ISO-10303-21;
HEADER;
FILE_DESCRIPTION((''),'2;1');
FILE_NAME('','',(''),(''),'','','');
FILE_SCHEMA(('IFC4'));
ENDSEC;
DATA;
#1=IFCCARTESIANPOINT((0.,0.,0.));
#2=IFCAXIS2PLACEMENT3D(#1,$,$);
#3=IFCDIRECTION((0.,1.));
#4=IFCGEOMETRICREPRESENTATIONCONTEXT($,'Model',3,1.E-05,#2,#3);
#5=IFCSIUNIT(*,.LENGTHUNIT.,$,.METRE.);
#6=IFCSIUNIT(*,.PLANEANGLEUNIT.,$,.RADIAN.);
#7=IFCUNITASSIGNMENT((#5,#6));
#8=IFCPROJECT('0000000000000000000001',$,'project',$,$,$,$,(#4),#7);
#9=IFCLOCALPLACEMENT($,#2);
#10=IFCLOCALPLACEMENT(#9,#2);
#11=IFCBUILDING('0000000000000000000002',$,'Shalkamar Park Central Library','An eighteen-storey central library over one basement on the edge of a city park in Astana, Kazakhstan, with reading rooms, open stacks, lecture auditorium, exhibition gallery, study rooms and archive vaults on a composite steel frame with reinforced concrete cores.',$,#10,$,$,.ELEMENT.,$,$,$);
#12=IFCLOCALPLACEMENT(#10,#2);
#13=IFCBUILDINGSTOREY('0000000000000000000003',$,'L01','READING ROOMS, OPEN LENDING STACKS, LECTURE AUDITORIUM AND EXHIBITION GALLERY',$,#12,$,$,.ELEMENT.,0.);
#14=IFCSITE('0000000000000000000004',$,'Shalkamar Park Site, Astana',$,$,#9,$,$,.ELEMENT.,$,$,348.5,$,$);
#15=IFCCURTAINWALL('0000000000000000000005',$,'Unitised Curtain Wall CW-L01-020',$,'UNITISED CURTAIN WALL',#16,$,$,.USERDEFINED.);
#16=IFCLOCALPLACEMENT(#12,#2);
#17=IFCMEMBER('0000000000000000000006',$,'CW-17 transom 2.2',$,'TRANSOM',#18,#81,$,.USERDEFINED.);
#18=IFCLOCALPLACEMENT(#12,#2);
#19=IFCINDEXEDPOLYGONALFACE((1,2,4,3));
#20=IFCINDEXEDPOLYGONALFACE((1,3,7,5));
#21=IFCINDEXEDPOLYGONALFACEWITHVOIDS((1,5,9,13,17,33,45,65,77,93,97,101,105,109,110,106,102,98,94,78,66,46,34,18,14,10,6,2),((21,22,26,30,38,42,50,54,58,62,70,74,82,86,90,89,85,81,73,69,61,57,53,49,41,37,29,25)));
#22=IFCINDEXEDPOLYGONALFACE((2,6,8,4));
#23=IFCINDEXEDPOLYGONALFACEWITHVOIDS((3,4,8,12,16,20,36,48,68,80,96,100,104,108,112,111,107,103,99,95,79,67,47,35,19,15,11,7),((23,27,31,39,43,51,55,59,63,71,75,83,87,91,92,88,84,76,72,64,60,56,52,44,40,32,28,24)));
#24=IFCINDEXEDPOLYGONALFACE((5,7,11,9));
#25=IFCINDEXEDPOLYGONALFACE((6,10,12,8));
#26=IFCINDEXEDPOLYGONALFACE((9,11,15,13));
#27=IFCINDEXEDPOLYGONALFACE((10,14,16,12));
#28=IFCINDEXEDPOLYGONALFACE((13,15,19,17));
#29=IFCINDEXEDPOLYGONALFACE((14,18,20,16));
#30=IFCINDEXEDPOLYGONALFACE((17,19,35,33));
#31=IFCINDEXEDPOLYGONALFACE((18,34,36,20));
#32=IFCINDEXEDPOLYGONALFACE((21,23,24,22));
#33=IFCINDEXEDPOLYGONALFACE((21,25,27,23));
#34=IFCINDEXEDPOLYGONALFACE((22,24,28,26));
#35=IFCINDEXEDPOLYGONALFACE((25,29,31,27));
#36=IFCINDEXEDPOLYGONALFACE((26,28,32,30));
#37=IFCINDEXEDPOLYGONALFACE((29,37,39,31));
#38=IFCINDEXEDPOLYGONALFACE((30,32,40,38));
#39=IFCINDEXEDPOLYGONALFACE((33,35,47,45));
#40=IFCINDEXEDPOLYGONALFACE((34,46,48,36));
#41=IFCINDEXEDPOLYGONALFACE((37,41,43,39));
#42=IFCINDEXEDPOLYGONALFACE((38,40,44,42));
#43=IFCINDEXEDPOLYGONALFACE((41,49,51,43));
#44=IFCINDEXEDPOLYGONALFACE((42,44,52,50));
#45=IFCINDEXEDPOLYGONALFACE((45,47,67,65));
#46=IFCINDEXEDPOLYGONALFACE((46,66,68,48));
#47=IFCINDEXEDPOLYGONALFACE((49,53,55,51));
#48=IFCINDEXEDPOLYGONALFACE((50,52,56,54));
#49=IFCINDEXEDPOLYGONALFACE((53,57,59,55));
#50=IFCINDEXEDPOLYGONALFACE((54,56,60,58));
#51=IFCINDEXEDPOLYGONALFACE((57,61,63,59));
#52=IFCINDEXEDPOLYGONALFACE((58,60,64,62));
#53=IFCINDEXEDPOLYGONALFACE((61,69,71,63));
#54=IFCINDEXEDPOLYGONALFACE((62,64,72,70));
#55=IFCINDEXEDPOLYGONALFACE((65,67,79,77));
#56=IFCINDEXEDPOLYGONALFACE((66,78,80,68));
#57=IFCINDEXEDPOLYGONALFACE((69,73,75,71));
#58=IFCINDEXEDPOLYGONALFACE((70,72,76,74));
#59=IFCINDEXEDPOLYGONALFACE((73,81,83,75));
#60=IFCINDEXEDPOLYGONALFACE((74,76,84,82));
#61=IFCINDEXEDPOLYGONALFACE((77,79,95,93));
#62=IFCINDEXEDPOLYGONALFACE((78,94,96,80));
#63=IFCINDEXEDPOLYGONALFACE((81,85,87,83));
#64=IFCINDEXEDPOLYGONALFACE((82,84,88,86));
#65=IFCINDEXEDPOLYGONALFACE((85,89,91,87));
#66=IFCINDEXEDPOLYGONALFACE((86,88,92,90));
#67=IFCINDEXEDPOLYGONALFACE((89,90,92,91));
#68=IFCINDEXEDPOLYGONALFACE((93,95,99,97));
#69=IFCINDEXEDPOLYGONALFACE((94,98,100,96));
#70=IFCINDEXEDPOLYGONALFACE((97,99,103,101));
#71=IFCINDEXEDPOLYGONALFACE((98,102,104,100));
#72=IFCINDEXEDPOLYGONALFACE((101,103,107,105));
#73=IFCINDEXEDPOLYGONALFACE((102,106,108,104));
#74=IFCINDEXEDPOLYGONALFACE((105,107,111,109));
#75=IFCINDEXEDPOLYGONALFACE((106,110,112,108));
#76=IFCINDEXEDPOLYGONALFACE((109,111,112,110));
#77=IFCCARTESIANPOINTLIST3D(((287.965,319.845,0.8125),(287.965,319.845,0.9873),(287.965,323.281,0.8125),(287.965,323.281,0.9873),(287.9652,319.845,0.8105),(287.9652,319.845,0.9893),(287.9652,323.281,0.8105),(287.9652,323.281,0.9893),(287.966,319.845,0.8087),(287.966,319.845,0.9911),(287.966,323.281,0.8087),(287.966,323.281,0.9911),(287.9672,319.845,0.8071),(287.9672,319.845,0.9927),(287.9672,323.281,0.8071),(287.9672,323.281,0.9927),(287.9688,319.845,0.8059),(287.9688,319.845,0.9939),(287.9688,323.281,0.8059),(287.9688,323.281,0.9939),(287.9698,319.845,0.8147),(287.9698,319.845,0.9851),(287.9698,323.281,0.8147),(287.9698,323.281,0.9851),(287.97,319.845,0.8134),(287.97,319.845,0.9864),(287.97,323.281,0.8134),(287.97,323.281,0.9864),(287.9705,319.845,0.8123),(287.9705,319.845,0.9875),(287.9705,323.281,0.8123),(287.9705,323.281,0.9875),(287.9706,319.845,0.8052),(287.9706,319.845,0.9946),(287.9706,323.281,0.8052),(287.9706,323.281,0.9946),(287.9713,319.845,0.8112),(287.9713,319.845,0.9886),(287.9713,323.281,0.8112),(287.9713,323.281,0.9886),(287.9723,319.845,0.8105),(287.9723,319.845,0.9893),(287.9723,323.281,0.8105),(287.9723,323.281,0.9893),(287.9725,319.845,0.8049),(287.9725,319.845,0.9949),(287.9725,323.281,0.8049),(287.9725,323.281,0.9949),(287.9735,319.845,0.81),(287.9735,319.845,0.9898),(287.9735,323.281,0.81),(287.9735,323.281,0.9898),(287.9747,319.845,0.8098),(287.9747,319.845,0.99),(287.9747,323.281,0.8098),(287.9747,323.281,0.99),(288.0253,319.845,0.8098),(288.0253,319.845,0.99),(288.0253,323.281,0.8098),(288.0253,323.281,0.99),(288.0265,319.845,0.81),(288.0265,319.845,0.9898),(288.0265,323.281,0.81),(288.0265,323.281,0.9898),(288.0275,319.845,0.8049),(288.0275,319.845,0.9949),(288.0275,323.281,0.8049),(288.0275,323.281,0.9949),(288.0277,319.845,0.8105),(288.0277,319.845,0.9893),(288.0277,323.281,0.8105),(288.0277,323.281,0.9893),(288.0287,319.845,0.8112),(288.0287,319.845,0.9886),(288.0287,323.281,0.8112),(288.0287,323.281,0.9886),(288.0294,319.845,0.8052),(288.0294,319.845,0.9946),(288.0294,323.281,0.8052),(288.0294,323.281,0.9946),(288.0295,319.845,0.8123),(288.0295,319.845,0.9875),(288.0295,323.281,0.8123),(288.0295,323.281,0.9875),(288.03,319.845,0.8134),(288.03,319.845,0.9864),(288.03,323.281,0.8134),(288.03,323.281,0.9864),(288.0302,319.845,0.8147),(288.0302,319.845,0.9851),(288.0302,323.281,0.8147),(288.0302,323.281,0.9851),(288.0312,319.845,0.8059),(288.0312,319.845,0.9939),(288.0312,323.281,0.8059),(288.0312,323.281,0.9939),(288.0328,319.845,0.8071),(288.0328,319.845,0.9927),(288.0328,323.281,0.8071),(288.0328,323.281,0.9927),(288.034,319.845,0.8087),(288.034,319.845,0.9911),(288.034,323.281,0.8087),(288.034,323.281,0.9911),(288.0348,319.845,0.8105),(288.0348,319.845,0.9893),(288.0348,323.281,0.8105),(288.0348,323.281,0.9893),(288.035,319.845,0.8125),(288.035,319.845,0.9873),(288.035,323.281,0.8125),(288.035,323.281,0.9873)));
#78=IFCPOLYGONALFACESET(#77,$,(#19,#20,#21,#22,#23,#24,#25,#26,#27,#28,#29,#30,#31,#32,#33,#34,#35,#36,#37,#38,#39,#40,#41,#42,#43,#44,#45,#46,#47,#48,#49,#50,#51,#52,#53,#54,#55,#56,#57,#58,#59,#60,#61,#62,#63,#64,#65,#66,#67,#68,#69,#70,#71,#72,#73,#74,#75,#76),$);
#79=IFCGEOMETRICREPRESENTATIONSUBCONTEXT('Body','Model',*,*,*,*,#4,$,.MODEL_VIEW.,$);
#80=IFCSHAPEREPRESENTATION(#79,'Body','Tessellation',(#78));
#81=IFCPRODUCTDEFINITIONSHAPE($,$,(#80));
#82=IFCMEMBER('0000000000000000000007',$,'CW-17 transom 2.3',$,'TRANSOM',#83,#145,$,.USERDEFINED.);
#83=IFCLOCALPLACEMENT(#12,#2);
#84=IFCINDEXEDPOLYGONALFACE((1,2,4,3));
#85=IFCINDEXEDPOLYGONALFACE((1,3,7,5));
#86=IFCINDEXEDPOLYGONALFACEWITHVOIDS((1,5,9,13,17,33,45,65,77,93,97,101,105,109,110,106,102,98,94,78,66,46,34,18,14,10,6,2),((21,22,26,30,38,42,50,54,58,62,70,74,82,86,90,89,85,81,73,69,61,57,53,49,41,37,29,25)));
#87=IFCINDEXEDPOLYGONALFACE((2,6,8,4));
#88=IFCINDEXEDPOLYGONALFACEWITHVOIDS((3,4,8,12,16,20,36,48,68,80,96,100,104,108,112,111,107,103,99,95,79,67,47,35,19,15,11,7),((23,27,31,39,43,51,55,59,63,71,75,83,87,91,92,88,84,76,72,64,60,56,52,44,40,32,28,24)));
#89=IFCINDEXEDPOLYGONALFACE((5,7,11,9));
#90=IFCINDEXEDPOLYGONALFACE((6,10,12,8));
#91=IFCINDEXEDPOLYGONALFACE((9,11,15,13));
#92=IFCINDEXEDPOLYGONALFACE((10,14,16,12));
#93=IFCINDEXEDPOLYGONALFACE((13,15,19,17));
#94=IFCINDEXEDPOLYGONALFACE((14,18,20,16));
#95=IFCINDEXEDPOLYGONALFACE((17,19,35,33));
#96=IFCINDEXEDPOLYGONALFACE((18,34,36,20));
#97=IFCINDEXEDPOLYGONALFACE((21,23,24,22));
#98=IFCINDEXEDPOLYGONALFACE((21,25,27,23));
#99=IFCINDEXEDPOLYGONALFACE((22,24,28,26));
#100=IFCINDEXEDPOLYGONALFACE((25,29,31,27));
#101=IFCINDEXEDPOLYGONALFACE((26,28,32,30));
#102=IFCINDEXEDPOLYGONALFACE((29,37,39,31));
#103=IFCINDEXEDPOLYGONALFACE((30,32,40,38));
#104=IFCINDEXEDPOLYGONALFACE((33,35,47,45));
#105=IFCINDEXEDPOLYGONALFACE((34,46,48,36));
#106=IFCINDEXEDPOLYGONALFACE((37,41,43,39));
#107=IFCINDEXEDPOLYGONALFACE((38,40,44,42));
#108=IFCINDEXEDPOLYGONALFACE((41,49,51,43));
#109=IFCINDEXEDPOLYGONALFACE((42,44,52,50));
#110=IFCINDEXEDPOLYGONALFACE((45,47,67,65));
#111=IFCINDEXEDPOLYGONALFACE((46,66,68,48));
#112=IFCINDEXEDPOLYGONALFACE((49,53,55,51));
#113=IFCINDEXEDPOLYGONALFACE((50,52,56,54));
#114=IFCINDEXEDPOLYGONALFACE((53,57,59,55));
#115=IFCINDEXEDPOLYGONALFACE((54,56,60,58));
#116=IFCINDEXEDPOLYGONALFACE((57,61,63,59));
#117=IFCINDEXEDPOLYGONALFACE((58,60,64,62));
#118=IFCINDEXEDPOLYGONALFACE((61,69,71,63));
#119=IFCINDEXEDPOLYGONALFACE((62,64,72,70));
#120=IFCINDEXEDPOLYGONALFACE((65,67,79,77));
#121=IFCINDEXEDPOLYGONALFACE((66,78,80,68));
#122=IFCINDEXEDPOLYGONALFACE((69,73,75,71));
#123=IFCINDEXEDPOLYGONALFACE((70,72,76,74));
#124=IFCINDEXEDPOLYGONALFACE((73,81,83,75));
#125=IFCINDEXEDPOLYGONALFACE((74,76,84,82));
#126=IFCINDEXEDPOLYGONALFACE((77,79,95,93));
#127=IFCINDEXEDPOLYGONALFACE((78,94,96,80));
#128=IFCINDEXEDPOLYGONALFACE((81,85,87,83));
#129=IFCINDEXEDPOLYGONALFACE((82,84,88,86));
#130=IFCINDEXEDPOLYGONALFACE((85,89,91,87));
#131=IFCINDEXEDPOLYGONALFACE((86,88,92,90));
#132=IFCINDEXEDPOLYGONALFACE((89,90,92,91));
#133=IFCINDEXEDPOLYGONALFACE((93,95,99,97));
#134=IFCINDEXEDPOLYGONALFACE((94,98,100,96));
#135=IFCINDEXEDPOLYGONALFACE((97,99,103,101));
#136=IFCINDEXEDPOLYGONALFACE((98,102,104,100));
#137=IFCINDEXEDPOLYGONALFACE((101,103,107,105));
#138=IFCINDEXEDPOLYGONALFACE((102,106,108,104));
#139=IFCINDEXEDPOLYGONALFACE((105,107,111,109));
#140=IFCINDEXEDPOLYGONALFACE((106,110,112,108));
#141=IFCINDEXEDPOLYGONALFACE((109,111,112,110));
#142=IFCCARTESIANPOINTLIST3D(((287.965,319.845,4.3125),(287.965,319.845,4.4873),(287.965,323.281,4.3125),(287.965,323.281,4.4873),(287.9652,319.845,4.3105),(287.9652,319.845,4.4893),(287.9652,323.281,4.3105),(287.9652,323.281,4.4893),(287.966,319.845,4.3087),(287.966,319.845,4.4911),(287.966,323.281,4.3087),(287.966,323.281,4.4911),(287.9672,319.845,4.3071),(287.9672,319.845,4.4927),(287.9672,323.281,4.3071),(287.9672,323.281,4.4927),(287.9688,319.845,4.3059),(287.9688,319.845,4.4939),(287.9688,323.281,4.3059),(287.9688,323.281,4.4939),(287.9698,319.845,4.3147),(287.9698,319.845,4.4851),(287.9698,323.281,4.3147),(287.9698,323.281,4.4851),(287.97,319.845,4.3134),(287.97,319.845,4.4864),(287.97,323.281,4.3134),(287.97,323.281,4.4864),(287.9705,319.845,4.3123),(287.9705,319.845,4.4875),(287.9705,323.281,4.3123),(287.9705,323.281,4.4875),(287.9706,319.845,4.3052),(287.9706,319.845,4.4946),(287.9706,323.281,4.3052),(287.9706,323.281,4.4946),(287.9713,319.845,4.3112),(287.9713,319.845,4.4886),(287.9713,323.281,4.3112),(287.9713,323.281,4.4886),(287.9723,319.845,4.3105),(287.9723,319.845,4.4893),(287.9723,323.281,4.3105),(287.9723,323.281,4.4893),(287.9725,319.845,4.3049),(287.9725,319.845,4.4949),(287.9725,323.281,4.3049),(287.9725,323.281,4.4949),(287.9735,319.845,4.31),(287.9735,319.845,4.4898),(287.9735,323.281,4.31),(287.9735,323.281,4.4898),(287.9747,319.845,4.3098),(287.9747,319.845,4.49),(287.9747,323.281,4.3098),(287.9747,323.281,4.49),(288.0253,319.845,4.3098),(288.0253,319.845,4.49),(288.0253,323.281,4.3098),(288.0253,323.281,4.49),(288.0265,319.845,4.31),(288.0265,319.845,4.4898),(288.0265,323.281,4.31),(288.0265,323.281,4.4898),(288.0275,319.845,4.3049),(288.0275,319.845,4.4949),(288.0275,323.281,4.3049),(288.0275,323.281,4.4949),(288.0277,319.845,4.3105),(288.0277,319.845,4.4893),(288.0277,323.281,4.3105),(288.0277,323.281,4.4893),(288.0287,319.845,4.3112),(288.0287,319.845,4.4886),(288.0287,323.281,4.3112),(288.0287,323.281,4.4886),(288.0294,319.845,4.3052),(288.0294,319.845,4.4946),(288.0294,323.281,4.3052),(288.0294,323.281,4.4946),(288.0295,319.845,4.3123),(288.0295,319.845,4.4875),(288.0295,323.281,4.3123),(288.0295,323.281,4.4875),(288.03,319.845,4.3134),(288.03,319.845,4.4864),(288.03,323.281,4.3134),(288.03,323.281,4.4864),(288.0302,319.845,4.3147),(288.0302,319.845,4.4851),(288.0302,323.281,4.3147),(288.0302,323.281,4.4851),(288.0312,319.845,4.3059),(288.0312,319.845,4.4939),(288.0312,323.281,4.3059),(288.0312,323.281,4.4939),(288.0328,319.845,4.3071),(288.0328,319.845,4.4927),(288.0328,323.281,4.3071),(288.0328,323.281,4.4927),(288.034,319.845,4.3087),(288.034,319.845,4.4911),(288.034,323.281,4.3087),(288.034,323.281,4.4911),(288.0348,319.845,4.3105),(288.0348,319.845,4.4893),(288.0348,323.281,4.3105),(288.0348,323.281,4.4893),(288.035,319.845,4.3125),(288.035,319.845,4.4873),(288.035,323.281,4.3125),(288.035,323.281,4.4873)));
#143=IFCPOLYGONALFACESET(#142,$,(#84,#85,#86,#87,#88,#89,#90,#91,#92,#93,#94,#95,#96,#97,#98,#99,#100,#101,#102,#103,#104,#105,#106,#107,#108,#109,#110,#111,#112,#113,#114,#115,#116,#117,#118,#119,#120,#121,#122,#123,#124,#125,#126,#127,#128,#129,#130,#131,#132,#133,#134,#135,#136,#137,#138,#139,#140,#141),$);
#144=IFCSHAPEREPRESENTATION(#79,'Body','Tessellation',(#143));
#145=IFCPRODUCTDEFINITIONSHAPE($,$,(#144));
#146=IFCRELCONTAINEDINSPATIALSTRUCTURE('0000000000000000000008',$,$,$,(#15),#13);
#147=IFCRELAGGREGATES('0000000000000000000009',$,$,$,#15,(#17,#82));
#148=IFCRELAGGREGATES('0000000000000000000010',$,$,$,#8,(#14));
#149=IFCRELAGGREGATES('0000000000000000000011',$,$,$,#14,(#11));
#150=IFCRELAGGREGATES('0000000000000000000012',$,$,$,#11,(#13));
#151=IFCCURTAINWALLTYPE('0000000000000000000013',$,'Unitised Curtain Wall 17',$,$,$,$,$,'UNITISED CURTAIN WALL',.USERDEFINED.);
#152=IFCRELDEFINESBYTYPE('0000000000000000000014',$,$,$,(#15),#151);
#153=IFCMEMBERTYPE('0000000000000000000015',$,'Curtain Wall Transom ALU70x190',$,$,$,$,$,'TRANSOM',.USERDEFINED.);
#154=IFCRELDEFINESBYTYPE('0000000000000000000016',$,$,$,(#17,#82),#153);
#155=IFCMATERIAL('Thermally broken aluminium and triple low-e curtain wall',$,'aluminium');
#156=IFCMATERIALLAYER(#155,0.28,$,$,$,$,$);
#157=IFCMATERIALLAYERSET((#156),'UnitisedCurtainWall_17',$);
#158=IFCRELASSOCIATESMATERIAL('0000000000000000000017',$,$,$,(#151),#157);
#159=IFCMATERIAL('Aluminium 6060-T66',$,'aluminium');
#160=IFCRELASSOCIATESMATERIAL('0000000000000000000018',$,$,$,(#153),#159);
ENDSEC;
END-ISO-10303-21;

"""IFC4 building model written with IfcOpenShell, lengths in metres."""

from ifc_helpers import new_model, si_unit, direction, frame, origin, origin_2d, place, context, subcontext, project, spatial, hollow_rectangle, extrude, material, layer, layer_set, material_profile, profile_set, type_object, element, aggregate, save


model = new_model("IFC4")

# Units and contexts
model_context = context("Model", 3, precision=1e-05, world=origin(), true_north=direction((0.0, 1.0)))
body_context = subcontext(model_context, "Body", "Model", "MODEL_VIEW")
ifc_project = project(units=[si_unit("LENGTHUNIT", "METRE"), si_unit("PLANEANGLEUNIT", "RADIAN")], contexts=[model_context])

# Site, building, storey
site_placement = place(None, origin())
site = spatial("IfcSite", under=ifc_project, at=site_placement, Name="Shalkamar Park Site, Astana", CompositionType="ELEMENT", RefElevation=348.5)
building_placement = place(site_placement, origin())
building = spatial("IfcBuilding", under=site, at=building_placement, Name="Shalkamar Park Central Library", Description="An eighteen-storey central library over one basement on the edge of a city park in Astana, Kazakhstan, with reading rooms, open stacks, lecture auditorium, exhibition gallery, study rooms and archive vaults on a composite steel frame with reinforced concrete cores.", CompositionType="ELEMENT")
storey_placement = place(building_placement, origin())
storey = spatial("IfcBuildingStorey", under=building, at=storey_placement, Name="L01", Description="READING ROOMS, OPEN LENDING STACKS, LECTURE AUDITORIUM AND EXHIBITION GALLERY", CompositionType="ELEMENT", Elevation=0.0)

# Curtain wall, members
ifc_material_1 = material(Name="Thermally broken aluminium and triple low-e curtain wall", Category="aluminium")
ifc_layer_1 = layer(ifc_material_1, 0.28)
ifc_layer_set_1 = layer_set([ifc_layer_1], Name="UnitisedCurtainWall_17")
curtain_wall_type = type_object("IfcCurtainWallType", Name="Unitised Curtain Wall 17", ElementType="UNITISED CURTAIN WALL", PredefinedType="USERDEFINED", material=ifc_layer_set_1)
curtain_wall_placement = place(storey_placement, origin())
curtain_wall = element("IfcCurtainWall", 1, at=curtain_wall_placement, inside=storey, type_object=curtain_wall_type, Name="Unitised Curtain Wall CW-L01-020", ObjectType="UNITISED CURTAIN WALL", PredefinedType="USERDEFINED")
ifc_material_2 = material(Name="Aluminium 6060-T66", Category="aluminium")
ifc_material_profile_1 = material_profile(ifc_material_2, hollow_rectangle(XDim=0.0701, YDim=0.1899, WallThickness=0.0049, InnerFilletRadius=0.0049, OuterFilletRadius=0.0076, at=origin_2d()), Name="ALU 70x190x5")
ifc_profile_set_1 = profile_set([ifc_material_profile_1], Name="Aluminium 6060-T66")
member_type_1 = type_object("IfcMemberType", Name="Curtain Wall Transom ALU70x190", ElementType="TRANSOM", PredefinedType="USERDEFINED", material=ifc_profile_set_1)
member_1_placement = place(storey_placement, frame((288.0, 319.845, 0.8999), z_axis=(0.0, 1.0, 0.0), x_axis=(-1.0, 0.0, 0.0)))
member_1 = element("IfcMember", 2, at=member_1_placement, type_object=member_type_1, Name="CW-17 transom 2.2", ObjectType="TRANSOM", PredefinedType="USERDEFINED", context=body_context, shape_type="SweptSolid", body=[
    extrude(hollow_rectangle(XDim=0.0701, YDim=0.1899, WallThickness=0.0049, InnerFilletRadius=0.0049, OuterFilletRadius=0.0076, at=origin_2d()), origin(), (0.0, 0.0, 1.0), 3.436),
])
member_2_placement = place(storey_placement, frame((288.0, 319.845, 4.3999), z_axis=(0.0, 1.0, 0.0), x_axis=(-1.0, 0.0, 0.0)))
member_2 = element("IfcMember", 3, at=member_2_placement, type_object=member_type_1, Name="CW-17 transom 2.3", ObjectType="TRANSOM", PredefinedType="USERDEFINED", context=body_context, shape_type="SweptSolid", body=[
    extrude(hollow_rectangle(XDim=0.0701, YDim=0.1899, WallThickness=0.0049, InnerFilletRadius=0.0049, OuterFilletRadius=0.0076, at=origin_2d()), origin(), (0.0, 0.0, 1.0), 3.436),
])

aggregate(curtain_wall, [member_1, member_2])

save(model, "model.ifc")
